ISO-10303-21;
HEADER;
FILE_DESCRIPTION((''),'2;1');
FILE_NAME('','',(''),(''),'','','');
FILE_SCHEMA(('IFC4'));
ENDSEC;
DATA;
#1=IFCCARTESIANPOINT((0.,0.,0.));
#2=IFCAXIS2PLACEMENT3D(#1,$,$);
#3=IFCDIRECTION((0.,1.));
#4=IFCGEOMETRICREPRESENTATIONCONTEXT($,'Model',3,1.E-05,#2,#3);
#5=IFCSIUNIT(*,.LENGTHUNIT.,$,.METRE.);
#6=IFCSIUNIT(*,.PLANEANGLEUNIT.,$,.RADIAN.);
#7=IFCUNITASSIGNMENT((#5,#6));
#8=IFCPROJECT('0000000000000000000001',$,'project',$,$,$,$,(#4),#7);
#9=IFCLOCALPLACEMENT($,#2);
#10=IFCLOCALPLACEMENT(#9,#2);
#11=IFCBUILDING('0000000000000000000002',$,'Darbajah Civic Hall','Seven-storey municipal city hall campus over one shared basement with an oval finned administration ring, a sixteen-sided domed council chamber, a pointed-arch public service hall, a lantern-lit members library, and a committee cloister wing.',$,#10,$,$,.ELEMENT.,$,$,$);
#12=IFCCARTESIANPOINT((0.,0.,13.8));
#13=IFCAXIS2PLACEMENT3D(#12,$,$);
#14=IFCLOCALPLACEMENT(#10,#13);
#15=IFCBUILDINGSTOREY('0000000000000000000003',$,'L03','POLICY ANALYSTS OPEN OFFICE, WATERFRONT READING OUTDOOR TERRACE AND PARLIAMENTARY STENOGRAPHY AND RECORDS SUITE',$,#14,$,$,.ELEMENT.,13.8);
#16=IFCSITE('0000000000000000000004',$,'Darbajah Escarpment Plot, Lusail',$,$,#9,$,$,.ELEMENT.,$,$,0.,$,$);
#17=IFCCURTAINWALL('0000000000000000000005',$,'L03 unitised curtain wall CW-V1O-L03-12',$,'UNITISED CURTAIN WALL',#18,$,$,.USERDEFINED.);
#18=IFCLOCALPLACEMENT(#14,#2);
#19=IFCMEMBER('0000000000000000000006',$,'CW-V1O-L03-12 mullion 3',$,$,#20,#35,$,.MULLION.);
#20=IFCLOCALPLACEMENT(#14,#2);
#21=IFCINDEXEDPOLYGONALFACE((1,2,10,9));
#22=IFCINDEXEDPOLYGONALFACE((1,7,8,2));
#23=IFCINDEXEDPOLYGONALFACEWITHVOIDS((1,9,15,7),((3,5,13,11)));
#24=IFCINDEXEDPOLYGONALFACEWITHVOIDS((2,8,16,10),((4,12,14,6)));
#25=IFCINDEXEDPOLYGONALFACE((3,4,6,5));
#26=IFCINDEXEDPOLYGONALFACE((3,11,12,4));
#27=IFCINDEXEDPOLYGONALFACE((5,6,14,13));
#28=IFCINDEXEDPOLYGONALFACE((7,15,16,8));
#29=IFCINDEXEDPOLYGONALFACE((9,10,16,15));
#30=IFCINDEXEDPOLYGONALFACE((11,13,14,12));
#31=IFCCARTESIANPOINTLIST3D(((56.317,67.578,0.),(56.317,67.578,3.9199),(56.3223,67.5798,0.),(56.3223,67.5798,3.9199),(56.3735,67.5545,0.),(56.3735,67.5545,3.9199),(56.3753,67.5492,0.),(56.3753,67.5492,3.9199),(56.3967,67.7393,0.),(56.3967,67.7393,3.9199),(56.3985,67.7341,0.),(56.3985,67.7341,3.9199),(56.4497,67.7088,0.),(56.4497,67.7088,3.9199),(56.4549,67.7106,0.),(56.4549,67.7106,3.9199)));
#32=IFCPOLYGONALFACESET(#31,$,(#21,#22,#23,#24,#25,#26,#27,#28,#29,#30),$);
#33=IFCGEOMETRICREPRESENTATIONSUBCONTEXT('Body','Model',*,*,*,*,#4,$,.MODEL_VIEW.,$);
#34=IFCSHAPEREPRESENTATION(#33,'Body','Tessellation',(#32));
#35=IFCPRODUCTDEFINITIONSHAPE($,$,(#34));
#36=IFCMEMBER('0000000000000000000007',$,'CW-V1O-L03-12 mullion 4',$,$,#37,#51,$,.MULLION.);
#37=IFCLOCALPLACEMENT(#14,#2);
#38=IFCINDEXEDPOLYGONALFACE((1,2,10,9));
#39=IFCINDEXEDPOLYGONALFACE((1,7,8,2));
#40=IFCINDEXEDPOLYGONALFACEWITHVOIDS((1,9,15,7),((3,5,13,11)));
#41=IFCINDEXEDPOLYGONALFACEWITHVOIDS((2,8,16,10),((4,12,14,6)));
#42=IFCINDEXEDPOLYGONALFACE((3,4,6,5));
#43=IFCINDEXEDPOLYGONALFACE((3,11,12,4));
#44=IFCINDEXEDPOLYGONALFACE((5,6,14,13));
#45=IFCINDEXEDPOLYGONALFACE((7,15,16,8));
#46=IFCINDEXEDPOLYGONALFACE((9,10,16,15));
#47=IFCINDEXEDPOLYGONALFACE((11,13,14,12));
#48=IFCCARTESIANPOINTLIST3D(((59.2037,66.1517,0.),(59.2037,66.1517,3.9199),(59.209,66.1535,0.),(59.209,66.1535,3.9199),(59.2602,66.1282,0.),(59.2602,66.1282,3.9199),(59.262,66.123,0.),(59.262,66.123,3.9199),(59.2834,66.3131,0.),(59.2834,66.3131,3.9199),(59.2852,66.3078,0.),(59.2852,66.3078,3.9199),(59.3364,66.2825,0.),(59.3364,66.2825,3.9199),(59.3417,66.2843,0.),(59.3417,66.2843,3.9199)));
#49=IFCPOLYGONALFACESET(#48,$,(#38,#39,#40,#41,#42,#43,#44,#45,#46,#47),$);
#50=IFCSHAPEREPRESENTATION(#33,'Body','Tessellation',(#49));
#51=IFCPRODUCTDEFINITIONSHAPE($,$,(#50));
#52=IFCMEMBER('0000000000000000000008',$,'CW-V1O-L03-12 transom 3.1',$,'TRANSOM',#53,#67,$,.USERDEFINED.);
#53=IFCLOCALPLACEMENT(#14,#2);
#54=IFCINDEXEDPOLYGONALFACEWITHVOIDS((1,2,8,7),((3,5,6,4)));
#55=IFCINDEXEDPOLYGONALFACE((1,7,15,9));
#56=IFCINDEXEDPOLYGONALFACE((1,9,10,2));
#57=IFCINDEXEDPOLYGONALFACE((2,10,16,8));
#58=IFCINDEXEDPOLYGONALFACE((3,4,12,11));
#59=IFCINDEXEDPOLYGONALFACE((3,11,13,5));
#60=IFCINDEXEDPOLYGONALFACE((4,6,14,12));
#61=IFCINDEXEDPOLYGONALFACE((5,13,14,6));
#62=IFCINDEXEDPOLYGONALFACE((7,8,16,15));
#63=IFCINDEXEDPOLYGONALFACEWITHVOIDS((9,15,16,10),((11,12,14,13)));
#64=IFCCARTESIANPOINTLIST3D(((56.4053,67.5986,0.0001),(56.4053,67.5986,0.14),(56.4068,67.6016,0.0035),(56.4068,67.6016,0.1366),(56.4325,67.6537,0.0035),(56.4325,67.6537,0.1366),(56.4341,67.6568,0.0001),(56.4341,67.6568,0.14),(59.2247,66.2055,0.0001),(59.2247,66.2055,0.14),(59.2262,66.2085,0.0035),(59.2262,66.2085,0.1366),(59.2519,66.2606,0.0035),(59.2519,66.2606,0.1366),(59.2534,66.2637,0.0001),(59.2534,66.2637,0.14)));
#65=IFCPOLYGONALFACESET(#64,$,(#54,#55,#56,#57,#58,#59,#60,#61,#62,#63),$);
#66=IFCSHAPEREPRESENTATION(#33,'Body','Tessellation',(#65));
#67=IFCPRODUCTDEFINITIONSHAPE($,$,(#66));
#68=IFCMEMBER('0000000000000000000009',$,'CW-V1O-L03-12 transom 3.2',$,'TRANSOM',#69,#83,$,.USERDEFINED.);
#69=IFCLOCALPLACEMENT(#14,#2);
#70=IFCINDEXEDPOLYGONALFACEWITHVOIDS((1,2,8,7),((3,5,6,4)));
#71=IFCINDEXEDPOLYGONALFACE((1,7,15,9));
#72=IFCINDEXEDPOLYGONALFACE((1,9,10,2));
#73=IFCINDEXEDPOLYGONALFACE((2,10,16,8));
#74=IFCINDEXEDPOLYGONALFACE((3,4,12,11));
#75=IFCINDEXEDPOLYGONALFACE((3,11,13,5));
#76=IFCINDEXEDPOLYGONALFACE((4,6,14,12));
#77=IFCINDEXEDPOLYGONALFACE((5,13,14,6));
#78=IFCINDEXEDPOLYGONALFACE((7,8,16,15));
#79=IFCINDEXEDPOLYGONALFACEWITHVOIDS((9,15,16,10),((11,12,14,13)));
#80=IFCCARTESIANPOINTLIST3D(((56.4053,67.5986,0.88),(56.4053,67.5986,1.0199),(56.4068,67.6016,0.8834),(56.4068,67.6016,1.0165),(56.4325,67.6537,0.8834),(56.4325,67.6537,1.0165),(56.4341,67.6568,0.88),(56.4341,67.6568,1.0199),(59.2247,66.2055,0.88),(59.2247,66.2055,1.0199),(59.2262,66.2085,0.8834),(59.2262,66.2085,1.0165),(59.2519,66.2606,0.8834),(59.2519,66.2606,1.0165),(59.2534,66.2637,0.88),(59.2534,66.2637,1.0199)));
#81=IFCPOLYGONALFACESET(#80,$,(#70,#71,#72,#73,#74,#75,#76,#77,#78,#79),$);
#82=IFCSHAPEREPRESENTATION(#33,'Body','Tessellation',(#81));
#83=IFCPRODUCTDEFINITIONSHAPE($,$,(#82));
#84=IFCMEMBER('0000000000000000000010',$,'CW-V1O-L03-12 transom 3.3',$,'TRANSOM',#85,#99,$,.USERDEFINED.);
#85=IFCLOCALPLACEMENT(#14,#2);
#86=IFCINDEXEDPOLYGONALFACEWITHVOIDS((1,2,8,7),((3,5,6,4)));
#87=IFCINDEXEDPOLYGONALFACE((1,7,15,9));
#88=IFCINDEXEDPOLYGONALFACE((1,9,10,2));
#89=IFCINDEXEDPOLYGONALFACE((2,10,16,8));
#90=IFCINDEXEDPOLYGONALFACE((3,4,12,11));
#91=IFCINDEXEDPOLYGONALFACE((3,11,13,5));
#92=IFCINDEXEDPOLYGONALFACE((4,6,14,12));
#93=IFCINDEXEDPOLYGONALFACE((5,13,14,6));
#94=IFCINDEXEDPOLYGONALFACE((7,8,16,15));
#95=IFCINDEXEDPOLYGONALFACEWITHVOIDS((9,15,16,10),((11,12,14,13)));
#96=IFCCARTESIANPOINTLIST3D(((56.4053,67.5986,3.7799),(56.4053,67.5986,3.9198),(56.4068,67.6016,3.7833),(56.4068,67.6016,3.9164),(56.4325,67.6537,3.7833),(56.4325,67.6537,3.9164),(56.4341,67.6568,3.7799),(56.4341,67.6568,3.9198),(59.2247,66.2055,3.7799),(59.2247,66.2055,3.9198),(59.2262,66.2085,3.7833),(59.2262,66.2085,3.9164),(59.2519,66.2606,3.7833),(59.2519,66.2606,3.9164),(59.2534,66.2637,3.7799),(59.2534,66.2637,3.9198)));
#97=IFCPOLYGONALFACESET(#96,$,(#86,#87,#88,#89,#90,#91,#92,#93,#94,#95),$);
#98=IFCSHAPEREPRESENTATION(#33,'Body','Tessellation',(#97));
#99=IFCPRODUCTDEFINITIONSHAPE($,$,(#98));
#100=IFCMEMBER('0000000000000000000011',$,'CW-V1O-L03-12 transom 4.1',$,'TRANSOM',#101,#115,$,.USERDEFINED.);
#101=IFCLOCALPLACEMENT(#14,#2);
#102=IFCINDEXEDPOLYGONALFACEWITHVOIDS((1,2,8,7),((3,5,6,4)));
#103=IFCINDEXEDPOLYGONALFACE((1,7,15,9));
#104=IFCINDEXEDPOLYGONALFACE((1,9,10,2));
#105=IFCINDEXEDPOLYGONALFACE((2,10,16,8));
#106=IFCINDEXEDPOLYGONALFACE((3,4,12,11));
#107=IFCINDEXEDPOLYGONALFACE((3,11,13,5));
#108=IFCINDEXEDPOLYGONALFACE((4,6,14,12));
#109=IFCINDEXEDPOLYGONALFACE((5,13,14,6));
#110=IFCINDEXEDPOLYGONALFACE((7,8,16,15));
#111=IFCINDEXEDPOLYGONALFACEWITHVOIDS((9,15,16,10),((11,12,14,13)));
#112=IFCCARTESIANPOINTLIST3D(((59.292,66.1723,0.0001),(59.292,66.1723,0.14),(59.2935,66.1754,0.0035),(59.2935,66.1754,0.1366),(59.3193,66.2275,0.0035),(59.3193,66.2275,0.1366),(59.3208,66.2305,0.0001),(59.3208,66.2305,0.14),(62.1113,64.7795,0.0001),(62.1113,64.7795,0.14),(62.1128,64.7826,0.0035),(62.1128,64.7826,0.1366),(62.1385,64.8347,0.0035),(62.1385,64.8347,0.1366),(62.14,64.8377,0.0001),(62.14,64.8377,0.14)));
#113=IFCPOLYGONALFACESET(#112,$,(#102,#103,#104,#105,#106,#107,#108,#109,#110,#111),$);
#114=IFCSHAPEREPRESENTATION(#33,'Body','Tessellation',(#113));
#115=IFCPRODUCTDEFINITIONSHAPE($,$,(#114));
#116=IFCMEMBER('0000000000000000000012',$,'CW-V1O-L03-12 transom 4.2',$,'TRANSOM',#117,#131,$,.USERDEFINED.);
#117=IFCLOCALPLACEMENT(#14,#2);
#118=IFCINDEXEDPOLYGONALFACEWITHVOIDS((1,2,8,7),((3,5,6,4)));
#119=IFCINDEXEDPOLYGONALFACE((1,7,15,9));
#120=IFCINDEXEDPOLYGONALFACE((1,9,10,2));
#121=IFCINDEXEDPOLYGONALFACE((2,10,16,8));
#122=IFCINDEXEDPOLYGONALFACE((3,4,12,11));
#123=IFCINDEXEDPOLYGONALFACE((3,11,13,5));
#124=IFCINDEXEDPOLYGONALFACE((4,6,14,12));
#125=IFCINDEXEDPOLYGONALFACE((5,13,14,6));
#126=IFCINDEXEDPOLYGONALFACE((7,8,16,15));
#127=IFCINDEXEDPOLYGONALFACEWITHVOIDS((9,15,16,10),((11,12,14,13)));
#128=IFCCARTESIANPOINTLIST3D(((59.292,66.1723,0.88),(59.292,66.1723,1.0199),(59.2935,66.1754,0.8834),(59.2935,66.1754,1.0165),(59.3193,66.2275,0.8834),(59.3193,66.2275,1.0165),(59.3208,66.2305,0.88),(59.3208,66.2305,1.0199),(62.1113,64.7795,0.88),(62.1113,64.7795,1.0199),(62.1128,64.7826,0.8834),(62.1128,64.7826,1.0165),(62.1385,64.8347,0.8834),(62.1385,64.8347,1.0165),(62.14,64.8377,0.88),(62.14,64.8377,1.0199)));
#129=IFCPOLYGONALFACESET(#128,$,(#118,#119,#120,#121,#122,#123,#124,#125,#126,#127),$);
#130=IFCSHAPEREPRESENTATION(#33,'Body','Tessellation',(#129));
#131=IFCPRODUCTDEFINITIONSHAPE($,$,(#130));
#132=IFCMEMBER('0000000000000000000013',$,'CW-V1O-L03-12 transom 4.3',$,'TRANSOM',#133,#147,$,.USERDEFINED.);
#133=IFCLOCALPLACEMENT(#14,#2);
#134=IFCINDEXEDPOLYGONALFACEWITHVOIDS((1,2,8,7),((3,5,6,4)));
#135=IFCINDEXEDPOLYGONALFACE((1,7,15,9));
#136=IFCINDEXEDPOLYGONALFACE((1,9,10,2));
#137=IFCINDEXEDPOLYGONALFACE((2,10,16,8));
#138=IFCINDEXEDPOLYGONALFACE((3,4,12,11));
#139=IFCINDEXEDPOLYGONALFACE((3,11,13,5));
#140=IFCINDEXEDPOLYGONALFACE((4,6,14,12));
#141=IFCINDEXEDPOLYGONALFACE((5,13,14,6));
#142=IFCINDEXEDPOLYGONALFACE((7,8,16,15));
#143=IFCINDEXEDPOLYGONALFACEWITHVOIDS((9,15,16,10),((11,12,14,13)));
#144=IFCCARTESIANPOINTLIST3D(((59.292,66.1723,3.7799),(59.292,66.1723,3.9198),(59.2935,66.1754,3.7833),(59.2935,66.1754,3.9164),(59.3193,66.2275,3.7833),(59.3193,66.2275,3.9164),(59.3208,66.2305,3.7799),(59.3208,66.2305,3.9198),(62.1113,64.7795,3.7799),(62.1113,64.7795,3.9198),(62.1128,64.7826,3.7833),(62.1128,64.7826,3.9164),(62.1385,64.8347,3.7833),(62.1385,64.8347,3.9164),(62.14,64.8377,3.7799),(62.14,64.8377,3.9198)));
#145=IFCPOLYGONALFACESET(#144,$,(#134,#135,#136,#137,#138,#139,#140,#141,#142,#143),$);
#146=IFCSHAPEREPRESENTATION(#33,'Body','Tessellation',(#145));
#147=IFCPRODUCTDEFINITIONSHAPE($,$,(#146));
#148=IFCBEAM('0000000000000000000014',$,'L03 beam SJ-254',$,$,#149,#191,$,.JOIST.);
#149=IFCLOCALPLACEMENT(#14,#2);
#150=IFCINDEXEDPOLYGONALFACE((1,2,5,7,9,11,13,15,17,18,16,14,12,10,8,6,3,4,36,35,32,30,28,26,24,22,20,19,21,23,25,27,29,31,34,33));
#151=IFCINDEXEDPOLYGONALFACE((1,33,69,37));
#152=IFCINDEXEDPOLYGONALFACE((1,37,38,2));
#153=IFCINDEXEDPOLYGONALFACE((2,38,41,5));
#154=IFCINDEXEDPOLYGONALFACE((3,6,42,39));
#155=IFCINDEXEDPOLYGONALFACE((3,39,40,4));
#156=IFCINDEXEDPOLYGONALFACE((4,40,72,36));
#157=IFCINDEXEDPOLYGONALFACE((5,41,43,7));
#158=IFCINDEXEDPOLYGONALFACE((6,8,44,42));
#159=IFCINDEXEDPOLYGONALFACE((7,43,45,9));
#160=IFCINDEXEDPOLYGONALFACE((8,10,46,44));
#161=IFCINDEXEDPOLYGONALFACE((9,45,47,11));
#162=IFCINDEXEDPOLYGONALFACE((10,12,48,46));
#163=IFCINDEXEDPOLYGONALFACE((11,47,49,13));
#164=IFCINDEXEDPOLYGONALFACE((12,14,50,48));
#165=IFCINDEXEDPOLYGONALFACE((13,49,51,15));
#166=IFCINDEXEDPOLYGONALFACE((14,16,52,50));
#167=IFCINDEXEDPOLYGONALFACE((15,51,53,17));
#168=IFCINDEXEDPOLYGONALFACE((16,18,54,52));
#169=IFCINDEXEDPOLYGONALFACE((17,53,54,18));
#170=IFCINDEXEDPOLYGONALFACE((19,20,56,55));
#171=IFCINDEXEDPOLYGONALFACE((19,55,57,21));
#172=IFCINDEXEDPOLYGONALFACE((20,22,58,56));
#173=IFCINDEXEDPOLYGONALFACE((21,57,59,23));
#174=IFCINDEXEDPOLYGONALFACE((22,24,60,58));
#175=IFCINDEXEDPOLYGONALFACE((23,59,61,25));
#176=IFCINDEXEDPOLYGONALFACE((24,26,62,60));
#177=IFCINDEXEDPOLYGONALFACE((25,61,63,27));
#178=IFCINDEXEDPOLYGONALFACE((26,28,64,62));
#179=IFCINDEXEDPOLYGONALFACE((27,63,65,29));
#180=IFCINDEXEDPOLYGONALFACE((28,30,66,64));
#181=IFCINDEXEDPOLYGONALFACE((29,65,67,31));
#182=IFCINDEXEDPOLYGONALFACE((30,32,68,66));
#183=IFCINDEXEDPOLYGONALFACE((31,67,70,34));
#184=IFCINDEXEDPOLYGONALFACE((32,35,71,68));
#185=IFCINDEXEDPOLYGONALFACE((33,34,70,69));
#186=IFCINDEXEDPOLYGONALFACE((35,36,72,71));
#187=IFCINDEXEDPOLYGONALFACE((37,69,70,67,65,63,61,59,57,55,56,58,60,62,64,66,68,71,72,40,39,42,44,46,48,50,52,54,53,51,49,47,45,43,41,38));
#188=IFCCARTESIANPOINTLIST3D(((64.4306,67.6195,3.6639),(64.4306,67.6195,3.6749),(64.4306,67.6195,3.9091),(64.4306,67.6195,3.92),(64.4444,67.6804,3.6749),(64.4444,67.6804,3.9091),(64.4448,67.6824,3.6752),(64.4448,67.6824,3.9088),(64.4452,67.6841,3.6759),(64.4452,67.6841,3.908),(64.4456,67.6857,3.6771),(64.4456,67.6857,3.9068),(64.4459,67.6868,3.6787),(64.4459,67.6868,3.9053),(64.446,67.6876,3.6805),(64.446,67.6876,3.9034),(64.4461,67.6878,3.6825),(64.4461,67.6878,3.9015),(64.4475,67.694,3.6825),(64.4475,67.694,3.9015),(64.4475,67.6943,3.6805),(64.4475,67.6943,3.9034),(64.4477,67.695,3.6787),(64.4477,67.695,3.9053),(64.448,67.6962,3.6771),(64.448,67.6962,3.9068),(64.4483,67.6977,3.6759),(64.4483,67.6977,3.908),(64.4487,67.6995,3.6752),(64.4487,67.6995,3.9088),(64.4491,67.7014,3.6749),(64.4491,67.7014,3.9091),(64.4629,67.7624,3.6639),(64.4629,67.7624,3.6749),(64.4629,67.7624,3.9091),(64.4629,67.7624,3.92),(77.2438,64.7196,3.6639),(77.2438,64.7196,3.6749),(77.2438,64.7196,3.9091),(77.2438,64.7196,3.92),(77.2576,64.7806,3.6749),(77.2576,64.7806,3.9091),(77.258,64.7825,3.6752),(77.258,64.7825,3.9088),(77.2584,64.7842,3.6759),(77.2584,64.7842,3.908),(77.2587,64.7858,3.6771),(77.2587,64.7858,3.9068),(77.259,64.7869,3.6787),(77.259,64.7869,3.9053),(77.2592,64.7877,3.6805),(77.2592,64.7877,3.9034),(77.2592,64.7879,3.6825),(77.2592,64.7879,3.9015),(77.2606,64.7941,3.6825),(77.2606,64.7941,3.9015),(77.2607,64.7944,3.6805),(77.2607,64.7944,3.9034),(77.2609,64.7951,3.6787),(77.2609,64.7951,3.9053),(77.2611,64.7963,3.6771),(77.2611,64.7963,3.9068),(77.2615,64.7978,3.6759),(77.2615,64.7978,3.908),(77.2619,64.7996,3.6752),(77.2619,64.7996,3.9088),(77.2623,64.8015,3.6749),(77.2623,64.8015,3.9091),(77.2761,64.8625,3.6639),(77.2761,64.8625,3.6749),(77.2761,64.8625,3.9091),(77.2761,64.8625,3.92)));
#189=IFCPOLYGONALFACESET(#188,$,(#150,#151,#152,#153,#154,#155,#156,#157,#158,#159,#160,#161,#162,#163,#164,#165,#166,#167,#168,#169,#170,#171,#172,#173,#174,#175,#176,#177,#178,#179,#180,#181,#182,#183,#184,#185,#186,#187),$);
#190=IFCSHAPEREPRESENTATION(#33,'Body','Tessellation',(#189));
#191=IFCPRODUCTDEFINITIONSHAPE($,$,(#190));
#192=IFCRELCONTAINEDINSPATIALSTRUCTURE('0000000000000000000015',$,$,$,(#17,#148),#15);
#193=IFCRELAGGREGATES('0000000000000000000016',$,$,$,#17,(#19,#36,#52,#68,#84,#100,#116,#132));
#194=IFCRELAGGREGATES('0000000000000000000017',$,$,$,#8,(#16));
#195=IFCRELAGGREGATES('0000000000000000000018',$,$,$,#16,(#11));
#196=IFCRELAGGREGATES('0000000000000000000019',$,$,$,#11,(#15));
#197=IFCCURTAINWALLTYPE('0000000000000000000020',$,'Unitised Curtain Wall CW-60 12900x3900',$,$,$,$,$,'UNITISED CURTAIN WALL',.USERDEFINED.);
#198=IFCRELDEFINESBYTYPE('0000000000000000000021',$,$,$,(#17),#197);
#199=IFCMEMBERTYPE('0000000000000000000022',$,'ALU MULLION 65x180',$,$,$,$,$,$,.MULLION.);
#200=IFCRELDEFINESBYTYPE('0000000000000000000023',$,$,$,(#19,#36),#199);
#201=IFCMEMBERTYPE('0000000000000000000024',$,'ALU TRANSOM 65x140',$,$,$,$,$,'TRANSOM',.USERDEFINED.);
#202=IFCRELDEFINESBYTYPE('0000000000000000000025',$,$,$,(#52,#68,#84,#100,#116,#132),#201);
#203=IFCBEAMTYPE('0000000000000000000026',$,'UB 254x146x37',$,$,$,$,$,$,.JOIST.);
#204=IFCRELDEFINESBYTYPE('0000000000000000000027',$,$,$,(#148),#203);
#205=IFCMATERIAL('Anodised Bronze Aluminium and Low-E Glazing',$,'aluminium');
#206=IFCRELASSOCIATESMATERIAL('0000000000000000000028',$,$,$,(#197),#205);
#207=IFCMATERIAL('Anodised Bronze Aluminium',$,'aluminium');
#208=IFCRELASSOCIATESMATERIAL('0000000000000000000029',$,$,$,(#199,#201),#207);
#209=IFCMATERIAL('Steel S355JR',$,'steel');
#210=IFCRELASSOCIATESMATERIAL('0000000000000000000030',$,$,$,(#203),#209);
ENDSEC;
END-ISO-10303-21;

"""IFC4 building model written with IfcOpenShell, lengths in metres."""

from ifc_helpers import new_model, si_unit, direction, frame, origin, origin_2d, place, context, subcontext, project, spatial, hollow_rectangle, i_section, extrude, material, material_profile, profile_set, type_object, element, aggregate, save


model = new_model("IFC4")

# Units and contexts
model_context = context("Model", 3, precision=1e-05, world=origin(), true_north=direction((0.0, 1.0)))
body_context = subcontext(model_context, "Body", "Model", "MODEL_VIEW")
ifc_project = project(units=[si_unit("LENGTHUNIT", "METRE"), si_unit("PLANEANGLEUNIT", "RADIAN")], contexts=[model_context])

# Site, building, storey
site_placement = place(None, origin())
site = spatial("IfcSite", under=ifc_project, at=site_placement, Name="Darbajah Escarpment Plot, Lusail", CompositionType="ELEMENT", RefElevation=0.0)
building_placement = place(site_placement, origin())
building = spatial("IfcBuilding", under=site, at=building_placement, Name="Darbajah Civic Hall", Description="Seven-storey municipal city hall campus over one shared basement with an oval finned administration ring, a sixteen-sided domed council chamber, a pointed-arch public service hall, a lantern-lit members library, and a committee cloister wing.", CompositionType="ELEMENT")
storey_placement = place(building_placement, frame((0.0, 0.0, 13.8)))
storey = spatial("IfcBuildingStorey", under=building, at=storey_placement, Name="L03", Description="POLICY ANALYSTS OPEN OFFICE, WATERFRONT READING OUTDOOR TERRACE AND PARLIAMENTARY STENOGRAPHY AND RECORDS SUITE", CompositionType="ELEMENT", Elevation=13.8)

# Curtain wall, members
ifc_material_1 = material(Name="Anodised Bronze Aluminium and Low-E Glazing", Category="aluminium")
curtain_wall_type = type_object("IfcCurtainWallType", Name="Unitised Curtain Wall CW-60 12900x3900", ElementType="UNITISED CURTAIN WALL", PredefinedType="USERDEFINED", material=ifc_material_1)
curtain_wall_placement = place(storey_placement, origin())
curtain_wall = element("IfcCurtainWall", 1, at=curtain_wall_placement, inside=storey, type_object=curtain_wall_type, Name="L03 unitised curtain wall CW-V1O-L03-12", ObjectType="UNITISED CURTAIN WALL", PredefinedType="USERDEFINED")
ifc_material_2 = material(Name="Anodised Bronze Aluminium", Category="aluminium")
ifc_material_profile_1 = material_profile(ifc_material_2, hollow_rectangle(XDim=0.0649, YDim=0.1799, WallThickness=0.0039, at=origin_2d()), Name="ALU MULLION 65x180")
ifc_profile_set_1 = profile_set([ifc_material_profile_1], Name="Anodised Bronze Aluminium")
member_type_1 = type_object("IfcMemberType", Name="ALU MULLION 65x180", PredefinedType="MULLION", material=ifc_profile_set_1)
member_1_placement = place(storey_placement, frame((56.386, 67.6443, 0.0), z_axis=(0.0, 0.0, 1.0), x_axis=(0.896564, -0.442915, 0.0)))
member_1 = element("IfcMember", 2, at=member_1_placement, type_object=member_type_1, Name="CW-V1O-L03-12 mullion 3", PredefinedType="MULLION", context=body_context, shape_type="SweptSolid", body=[
    extrude(hollow_rectangle(XDim=0.0649, YDim=0.1799, WallThickness=0.0039, at=origin_2d()), origin(), (0.0, 0.0, 1.0), 3.9199),
])
member_2_placement = place(storey_placement, frame((59.2727, 66.218, 0.0), z_axis=(0.0, 0.0, 1.0), x_axis=(0.896564, -0.442915, 0.0)))
member_2 = element("IfcMember", 3, at=member_2_placement, type_object=member_type_1, Name="CW-V1O-L03-12 mullion 4", PredefinedType="MULLION", context=body_context, shape_type="SweptSolid", body=[
    extrude(hollow_rectangle(XDim=0.0649, YDim=0.1799, WallThickness=0.0039, at=origin_2d()), origin(), (0.0, 0.0, 1.0), 3.9199),
])
ifc_material_profile_2 = material_profile(ifc_material_2, hollow_rectangle(XDim=0.0649, YDim=0.1399, WallThickness=0.0034, at=origin_2d()), Name="ALU TRANSOM 65x140")
ifc_profile_set_2 = profile_set([ifc_material_profile_2], Name="Anodised Bronze Aluminium")
member_type_2 = type_object("IfcMemberType", Name="ALU TRANSOM 65x140", ElementType="TRANSOM", PredefinedType="USERDEFINED", material=ifc_profile_set_2)
member_3_placement = place(storey_placement, frame((56.4197, 67.6277, 0.0701), z_axis=(0.896529, -0.442985, 0.0), x_axis=(0.442985, 0.896529, 0.0)))
member_3 = element("IfcMember", 4, at=member_3_placement, type_object=member_type_2, Name="CW-V1O-L03-12 transom 3.1", ObjectType="TRANSOM", PredefinedType="USERDEFINED", context=body_context, shape_type="SweptSolid", body=[
    extrude(hollow_rectangle(XDim=0.0649, YDim=0.1399, WallThickness=0.0034, at=origin_2d()), origin(), (0.0, 0.0, 1.0), 3.1448),
])
member_4_placement = place(storey_placement, frame((56.4197, 67.6277, 0.95), z_axis=(0.896529, -0.442985, 0.0), x_axis=(0.442985, 0.896529, 0.0)))
member_4 = element("IfcMember", 5, at=member_4_placement, type_object=member_type_2, Name="CW-V1O-L03-12 transom 3.2", ObjectType="TRANSOM", PredefinedType="USERDEFINED", context=body_context, shape_type="SweptSolid", body=[
    extrude(hollow_rectangle(XDim=0.0649, YDim=0.1399, WallThickness=0.0034, at=origin_2d()), origin(), (0.0, 0.0, 1.0), 3.1448),
])
member_5_placement = place(storey_placement, frame((56.4197, 67.6277, 3.8499), z_axis=(0.896529, -0.442985, 0.0), x_axis=(0.442985, 0.896529, 0.0)))
member_5 = element("IfcMember", 6, at=member_5_placement, type_object=member_type_2, Name="CW-V1O-L03-12 transom 3.3", ObjectType="TRANSOM", PredefinedType="USERDEFINED", context=body_context, shape_type="SweptSolid", body=[
    extrude(hollow_rectangle(XDim=0.0649, YDim=0.1399, WallThickness=0.0034, at=origin_2d()), origin(), (0.0, 0.0, 1.0), 3.1448),
])
member_6_placement = place(storey_placement, frame((59.3064, 66.2014, 0.0701), z_axis=(0.89656, -0.442923, 0.0), x_axis=(0.442923, 0.89656, 0.0)))
member_6 = element("IfcMember", 7, at=member_6_placement, type_object=member_type_2, Name="CW-V1O-L03-12 transom 4.1", ObjectType="TRANSOM", PredefinedType="USERDEFINED", context=body_context, shape_type="SweptSolid", body=[
    extrude(hollow_rectangle(XDim=0.0649, YDim=0.1399, WallThickness=0.0034, at=origin_2d()), origin(), (0.0, 0.0, 1.0), 3.1445),
])
member_7_placement = place(storey_placement, frame((59.3064, 66.2014, 0.95), z_axis=(0.89656, -0.442923, 0.0), x_axis=(0.442923, 0.89656, 0.0)))
member_7 = element("IfcMember", 8, at=member_7_placement, type_object=member_type_2, Name="CW-V1O-L03-12 transom 4.2", ObjectType="TRANSOM", PredefinedType="USERDEFINED", context=body_context, shape_type="SweptSolid", body=[
    extrude(hollow_rectangle(XDim=0.0649, YDim=0.1399, WallThickness=0.0034, at=origin_2d()), origin(), (0.0, 0.0, 1.0), 3.1445),
])
member_8_placement = place(storey_placement, frame((59.3064, 66.2014, 3.8499), z_axis=(0.89656, -0.442923, 0.0), x_axis=(0.442923, 0.89656, 0.0)))
member_8 = element("IfcMember", 9, at=member_8_placement, type_object=member_type_2, Name="CW-V1O-L03-12 transom 4.3", ObjectType="TRANSOM", PredefinedType="USERDEFINED", context=body_context, shape_type="SweptSolid", body=[
    extrude(hollow_rectangle(XDim=0.0649, YDim=0.1399, WallThickness=0.0034, at=origin_2d()), origin(), (0.0, 0.0, 1.0), 3.1445),
])

# Beam
ifc_material_3 = material(Name="Steel S355JR", Category="steel")
ifc_material_profile_3 = material_profile(ifc_material_3, i_section(OverallWidth=0.1465, OverallDepth=0.2561, WebThickness=0.0063, FlangeThickness=0.011, FilletRadius=0.0076, at=origin_2d()), Name="UB 254x146x37")
ifc_profile_set_3 = profile_set([ifc_material_profile_3], Name="Steel S355JR")
beam_type = type_object("IfcBeamType", Name="UB 254x146x37", PredefinedType="JOIST", material=ifc_profile_set_3)
beam_placement = place(storey_placement, frame((64.4468, 67.6909, 3.792), z_axis=(0.975333, -0.220738, 0.0), x_axis=(0.220738, 0.975333, 0.0)))
element("IfcBeam", 10, at=beam_placement, inside=storey, type_object=beam_type, Name="L03 beam SJ-254", PredefinedType="JOIST", context=body_context, shape_type="SweptSolid", body=[
    extrude(i_section(OverallWidth=0.1465, OverallDepth=0.2561, WebThickness=0.0063, FlangeThickness=0.011, FilletRadius=0.0076, at=origin_2d()), origin(), (0.0, 0.0, 1.0), 13.1372),
])

aggregate(curtain_wall, [member_1, member_2, member_3, member_4, member_5, member_6, member_7, member_8])

save(model, "model.ifc")
